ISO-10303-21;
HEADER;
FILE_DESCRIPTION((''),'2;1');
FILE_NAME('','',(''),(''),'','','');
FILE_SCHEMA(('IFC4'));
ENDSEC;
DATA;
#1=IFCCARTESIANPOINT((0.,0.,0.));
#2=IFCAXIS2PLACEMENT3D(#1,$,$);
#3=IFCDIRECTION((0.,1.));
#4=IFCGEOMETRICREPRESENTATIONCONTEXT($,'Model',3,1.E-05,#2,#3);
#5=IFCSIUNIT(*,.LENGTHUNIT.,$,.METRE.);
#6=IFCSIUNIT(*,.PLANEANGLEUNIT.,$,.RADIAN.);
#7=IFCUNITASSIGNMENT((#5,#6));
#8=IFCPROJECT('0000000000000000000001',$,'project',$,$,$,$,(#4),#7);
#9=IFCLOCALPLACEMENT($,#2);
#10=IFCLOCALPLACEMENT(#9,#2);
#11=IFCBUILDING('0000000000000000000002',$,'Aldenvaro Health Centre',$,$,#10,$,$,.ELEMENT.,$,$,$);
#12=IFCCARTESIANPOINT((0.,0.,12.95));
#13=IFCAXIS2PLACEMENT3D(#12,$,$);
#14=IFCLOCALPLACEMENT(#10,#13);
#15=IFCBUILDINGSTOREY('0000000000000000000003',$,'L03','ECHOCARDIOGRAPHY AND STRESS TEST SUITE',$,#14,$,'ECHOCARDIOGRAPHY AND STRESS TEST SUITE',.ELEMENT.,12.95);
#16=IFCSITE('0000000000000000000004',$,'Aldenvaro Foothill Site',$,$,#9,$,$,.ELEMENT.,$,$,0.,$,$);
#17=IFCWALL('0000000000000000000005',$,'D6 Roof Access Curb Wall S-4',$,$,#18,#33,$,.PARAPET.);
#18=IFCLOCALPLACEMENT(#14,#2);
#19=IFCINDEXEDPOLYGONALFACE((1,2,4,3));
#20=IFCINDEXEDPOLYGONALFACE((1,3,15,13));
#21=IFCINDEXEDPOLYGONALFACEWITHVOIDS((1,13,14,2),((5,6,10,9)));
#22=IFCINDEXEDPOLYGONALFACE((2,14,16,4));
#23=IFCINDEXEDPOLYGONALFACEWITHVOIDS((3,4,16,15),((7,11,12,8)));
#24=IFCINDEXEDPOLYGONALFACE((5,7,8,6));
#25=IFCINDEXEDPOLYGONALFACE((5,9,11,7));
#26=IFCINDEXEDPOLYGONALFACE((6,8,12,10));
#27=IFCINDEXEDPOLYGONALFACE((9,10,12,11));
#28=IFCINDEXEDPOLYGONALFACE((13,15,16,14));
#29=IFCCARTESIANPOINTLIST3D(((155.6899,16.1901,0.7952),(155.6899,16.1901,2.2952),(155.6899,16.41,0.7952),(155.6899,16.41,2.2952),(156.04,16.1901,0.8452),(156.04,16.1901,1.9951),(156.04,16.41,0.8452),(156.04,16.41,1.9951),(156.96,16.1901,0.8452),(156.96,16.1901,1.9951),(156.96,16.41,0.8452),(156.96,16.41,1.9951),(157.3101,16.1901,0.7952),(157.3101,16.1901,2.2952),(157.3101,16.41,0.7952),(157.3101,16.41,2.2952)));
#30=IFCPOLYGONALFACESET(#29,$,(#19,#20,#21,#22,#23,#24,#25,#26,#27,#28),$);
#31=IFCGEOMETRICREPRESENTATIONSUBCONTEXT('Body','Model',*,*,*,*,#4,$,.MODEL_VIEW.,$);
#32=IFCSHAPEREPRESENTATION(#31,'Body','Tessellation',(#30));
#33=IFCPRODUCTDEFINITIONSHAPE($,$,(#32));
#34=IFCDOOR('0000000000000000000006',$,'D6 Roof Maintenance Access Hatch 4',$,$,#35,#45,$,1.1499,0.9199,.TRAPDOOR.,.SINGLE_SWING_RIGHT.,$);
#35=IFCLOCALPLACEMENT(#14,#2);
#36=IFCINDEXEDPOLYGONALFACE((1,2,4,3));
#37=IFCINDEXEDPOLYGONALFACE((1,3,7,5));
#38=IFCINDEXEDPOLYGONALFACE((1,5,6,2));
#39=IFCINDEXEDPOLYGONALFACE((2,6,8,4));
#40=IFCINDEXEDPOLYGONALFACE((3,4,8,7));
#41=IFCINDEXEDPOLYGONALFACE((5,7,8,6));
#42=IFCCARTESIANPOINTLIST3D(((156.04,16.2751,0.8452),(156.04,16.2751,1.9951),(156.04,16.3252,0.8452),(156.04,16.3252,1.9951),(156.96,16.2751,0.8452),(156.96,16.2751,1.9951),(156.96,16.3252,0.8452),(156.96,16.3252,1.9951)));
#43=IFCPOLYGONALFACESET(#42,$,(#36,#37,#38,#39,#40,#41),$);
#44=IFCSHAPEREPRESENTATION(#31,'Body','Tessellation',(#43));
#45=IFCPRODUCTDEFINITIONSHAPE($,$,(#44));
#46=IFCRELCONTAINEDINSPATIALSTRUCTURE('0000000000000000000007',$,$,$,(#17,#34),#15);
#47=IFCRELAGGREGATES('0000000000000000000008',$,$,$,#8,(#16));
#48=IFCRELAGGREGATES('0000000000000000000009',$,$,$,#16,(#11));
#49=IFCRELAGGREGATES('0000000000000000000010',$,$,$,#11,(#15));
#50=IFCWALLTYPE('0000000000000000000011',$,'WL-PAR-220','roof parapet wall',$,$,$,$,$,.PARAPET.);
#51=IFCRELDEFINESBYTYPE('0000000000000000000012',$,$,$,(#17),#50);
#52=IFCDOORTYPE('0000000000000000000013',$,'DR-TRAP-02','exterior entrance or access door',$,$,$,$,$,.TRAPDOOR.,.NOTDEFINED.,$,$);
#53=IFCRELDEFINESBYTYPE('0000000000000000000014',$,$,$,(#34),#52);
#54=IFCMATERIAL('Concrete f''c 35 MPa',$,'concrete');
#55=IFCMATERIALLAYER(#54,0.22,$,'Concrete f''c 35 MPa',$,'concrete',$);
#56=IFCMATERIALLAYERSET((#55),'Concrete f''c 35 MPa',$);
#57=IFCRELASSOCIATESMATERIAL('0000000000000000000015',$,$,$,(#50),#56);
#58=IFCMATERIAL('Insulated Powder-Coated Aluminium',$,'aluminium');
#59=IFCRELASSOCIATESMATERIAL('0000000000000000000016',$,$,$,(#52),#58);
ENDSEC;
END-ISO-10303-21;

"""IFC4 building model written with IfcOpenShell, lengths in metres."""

from ifc_helpers import new_model, si_unit, direction, frame, frame_2d, origin, place, context, subcontext, project, spatial, rectangle, extrude, material, layer, layer_set, type_object, element, fill, save


model = new_model("IFC4")

# Units and contexts
model_context = context("Model", 3, precision=1e-05, world=origin(), true_north=direction((0.0, 1.0)))
body_context = subcontext(model_context, "Body", "Model", "MODEL_VIEW")
ifc_project = project(units=[si_unit("LENGTHUNIT", "METRE"), si_unit("PLANEANGLEUNIT", "RADIAN")], contexts=[model_context])

# Site, building, storey
site_placement = place(None, origin())
site = spatial("IfcSite", under=ifc_project, at=site_placement, Name="Aldenvaro Foothill Site", CompositionType="ELEMENT", RefElevation=0.0)
building_placement = place(site_placement, origin())
building = spatial("IfcBuilding", under=site, at=building_placement, Name="Aldenvaro Health Centre", CompositionType="ELEMENT")
storey_placement = place(building_placement, frame((0.0, 0.0, 12.95)))
storey = spatial("IfcBuildingStorey", under=building, at=storey_placement, Name="L03", Description="ECHOCARDIOGRAPHY AND STRESS TEST SUITE", LongName="ECHOCARDIOGRAPHY AND STRESS TEST SUITE", CompositionType="ELEMENT", Elevation=12.95)

# Shared definitions
ifc_material_1 = material(Name="Concrete f'c 35 MPa", Category="concrete")

# Shared definitions
ifc_layer_1 = layer(ifc_material_1, 0.22, Name="Concrete f'c 35 MPa", Category="concrete")
ifc_layer_set_1 = layer_set([ifc_layer_1], Name="Concrete f'c 35 MPa")
wall_type_1 = type_object("IfcWallType", Name="WL-PAR-220", Description="roof parapet wall", PredefinedType="PARAPET", material=ifc_layer_set_1)

# Wall, opening, door
wall_1_placement = place(storey_placement, frame((157.3101, 16.3, 0.7952), z_axis=(0.0, 0.0, 1.0), x_axis=(-1.0, 0.0, 0.0)))
wall_1 = element("IfcWall", 1, at=wall_1_placement, inside=storey, type_object=wall_type_1, Name="D6 Roof Access Curb Wall S-4", PredefinedType="PARAPET", context=body_context, shape_type="SweptSolid", body=[
    extrude(rectangle(XDim=1.6201, YDim=0.22, at=frame_2d((0.8101, 0.0))), origin(), (0.0, 0.0, 1.0), 1.5),
])
opening_1_placement = place(wall_1_placement, frame((0.3501, 0.0, 0.05)))
opening_1 = element("IfcOpeningElement", 2, at=opening_1_placement, cuts=wall_1, PredefinedType="OPENING", context=body_context, shape_type="SweptSolid", body=[
    extrude(rectangle(XDim=0.9199, YDim=1.1499, at=frame_2d((0.46, 0.575))), frame((0.0, 0.1201, 0.0), z_axis=(0.0, -1.0, 0.0), x_axis=(1.0, 0.0, 0.0)), (0.0, 0.0, 1.0), 0.24),
])
ifc_material_2 = material(Name="Insulated Powder-Coated Aluminium", Category="aluminium")
door_type = type_object("IfcDoorType", Name="DR-TRAP-02", Description="exterior entrance or access door", OperationType="NOTDEFINED", PredefinedType="TRAPDOOR", material=ifc_material_2)
door_placement = place(opening_1_placement, origin())
door = element("IfcDoor", 3, at=door_placement, inside=storey, type_object=door_type, Name="D6 Roof Maintenance Access Hatch 4", OperationType="SINGLE_SWING_RIGHT", OverallHeight=1.1499, OverallWidth=0.9199, PredefinedType="TRAPDOOR", context=body_context, shape_type="SweptSolid", body=[
    extrude(rectangle(XDim=0.9199, YDim=1.1499, at=frame_2d((0.46, 0.575))), frame((0.0, 0.0249, 0.0), z_axis=(0.0, -1.0, 0.0), x_axis=(1.0, 0.0, 0.0)), (0.0, 0.0, 1.0), 0.05),
])
fill(opening_1, door)

save(model, "model.ifc")
